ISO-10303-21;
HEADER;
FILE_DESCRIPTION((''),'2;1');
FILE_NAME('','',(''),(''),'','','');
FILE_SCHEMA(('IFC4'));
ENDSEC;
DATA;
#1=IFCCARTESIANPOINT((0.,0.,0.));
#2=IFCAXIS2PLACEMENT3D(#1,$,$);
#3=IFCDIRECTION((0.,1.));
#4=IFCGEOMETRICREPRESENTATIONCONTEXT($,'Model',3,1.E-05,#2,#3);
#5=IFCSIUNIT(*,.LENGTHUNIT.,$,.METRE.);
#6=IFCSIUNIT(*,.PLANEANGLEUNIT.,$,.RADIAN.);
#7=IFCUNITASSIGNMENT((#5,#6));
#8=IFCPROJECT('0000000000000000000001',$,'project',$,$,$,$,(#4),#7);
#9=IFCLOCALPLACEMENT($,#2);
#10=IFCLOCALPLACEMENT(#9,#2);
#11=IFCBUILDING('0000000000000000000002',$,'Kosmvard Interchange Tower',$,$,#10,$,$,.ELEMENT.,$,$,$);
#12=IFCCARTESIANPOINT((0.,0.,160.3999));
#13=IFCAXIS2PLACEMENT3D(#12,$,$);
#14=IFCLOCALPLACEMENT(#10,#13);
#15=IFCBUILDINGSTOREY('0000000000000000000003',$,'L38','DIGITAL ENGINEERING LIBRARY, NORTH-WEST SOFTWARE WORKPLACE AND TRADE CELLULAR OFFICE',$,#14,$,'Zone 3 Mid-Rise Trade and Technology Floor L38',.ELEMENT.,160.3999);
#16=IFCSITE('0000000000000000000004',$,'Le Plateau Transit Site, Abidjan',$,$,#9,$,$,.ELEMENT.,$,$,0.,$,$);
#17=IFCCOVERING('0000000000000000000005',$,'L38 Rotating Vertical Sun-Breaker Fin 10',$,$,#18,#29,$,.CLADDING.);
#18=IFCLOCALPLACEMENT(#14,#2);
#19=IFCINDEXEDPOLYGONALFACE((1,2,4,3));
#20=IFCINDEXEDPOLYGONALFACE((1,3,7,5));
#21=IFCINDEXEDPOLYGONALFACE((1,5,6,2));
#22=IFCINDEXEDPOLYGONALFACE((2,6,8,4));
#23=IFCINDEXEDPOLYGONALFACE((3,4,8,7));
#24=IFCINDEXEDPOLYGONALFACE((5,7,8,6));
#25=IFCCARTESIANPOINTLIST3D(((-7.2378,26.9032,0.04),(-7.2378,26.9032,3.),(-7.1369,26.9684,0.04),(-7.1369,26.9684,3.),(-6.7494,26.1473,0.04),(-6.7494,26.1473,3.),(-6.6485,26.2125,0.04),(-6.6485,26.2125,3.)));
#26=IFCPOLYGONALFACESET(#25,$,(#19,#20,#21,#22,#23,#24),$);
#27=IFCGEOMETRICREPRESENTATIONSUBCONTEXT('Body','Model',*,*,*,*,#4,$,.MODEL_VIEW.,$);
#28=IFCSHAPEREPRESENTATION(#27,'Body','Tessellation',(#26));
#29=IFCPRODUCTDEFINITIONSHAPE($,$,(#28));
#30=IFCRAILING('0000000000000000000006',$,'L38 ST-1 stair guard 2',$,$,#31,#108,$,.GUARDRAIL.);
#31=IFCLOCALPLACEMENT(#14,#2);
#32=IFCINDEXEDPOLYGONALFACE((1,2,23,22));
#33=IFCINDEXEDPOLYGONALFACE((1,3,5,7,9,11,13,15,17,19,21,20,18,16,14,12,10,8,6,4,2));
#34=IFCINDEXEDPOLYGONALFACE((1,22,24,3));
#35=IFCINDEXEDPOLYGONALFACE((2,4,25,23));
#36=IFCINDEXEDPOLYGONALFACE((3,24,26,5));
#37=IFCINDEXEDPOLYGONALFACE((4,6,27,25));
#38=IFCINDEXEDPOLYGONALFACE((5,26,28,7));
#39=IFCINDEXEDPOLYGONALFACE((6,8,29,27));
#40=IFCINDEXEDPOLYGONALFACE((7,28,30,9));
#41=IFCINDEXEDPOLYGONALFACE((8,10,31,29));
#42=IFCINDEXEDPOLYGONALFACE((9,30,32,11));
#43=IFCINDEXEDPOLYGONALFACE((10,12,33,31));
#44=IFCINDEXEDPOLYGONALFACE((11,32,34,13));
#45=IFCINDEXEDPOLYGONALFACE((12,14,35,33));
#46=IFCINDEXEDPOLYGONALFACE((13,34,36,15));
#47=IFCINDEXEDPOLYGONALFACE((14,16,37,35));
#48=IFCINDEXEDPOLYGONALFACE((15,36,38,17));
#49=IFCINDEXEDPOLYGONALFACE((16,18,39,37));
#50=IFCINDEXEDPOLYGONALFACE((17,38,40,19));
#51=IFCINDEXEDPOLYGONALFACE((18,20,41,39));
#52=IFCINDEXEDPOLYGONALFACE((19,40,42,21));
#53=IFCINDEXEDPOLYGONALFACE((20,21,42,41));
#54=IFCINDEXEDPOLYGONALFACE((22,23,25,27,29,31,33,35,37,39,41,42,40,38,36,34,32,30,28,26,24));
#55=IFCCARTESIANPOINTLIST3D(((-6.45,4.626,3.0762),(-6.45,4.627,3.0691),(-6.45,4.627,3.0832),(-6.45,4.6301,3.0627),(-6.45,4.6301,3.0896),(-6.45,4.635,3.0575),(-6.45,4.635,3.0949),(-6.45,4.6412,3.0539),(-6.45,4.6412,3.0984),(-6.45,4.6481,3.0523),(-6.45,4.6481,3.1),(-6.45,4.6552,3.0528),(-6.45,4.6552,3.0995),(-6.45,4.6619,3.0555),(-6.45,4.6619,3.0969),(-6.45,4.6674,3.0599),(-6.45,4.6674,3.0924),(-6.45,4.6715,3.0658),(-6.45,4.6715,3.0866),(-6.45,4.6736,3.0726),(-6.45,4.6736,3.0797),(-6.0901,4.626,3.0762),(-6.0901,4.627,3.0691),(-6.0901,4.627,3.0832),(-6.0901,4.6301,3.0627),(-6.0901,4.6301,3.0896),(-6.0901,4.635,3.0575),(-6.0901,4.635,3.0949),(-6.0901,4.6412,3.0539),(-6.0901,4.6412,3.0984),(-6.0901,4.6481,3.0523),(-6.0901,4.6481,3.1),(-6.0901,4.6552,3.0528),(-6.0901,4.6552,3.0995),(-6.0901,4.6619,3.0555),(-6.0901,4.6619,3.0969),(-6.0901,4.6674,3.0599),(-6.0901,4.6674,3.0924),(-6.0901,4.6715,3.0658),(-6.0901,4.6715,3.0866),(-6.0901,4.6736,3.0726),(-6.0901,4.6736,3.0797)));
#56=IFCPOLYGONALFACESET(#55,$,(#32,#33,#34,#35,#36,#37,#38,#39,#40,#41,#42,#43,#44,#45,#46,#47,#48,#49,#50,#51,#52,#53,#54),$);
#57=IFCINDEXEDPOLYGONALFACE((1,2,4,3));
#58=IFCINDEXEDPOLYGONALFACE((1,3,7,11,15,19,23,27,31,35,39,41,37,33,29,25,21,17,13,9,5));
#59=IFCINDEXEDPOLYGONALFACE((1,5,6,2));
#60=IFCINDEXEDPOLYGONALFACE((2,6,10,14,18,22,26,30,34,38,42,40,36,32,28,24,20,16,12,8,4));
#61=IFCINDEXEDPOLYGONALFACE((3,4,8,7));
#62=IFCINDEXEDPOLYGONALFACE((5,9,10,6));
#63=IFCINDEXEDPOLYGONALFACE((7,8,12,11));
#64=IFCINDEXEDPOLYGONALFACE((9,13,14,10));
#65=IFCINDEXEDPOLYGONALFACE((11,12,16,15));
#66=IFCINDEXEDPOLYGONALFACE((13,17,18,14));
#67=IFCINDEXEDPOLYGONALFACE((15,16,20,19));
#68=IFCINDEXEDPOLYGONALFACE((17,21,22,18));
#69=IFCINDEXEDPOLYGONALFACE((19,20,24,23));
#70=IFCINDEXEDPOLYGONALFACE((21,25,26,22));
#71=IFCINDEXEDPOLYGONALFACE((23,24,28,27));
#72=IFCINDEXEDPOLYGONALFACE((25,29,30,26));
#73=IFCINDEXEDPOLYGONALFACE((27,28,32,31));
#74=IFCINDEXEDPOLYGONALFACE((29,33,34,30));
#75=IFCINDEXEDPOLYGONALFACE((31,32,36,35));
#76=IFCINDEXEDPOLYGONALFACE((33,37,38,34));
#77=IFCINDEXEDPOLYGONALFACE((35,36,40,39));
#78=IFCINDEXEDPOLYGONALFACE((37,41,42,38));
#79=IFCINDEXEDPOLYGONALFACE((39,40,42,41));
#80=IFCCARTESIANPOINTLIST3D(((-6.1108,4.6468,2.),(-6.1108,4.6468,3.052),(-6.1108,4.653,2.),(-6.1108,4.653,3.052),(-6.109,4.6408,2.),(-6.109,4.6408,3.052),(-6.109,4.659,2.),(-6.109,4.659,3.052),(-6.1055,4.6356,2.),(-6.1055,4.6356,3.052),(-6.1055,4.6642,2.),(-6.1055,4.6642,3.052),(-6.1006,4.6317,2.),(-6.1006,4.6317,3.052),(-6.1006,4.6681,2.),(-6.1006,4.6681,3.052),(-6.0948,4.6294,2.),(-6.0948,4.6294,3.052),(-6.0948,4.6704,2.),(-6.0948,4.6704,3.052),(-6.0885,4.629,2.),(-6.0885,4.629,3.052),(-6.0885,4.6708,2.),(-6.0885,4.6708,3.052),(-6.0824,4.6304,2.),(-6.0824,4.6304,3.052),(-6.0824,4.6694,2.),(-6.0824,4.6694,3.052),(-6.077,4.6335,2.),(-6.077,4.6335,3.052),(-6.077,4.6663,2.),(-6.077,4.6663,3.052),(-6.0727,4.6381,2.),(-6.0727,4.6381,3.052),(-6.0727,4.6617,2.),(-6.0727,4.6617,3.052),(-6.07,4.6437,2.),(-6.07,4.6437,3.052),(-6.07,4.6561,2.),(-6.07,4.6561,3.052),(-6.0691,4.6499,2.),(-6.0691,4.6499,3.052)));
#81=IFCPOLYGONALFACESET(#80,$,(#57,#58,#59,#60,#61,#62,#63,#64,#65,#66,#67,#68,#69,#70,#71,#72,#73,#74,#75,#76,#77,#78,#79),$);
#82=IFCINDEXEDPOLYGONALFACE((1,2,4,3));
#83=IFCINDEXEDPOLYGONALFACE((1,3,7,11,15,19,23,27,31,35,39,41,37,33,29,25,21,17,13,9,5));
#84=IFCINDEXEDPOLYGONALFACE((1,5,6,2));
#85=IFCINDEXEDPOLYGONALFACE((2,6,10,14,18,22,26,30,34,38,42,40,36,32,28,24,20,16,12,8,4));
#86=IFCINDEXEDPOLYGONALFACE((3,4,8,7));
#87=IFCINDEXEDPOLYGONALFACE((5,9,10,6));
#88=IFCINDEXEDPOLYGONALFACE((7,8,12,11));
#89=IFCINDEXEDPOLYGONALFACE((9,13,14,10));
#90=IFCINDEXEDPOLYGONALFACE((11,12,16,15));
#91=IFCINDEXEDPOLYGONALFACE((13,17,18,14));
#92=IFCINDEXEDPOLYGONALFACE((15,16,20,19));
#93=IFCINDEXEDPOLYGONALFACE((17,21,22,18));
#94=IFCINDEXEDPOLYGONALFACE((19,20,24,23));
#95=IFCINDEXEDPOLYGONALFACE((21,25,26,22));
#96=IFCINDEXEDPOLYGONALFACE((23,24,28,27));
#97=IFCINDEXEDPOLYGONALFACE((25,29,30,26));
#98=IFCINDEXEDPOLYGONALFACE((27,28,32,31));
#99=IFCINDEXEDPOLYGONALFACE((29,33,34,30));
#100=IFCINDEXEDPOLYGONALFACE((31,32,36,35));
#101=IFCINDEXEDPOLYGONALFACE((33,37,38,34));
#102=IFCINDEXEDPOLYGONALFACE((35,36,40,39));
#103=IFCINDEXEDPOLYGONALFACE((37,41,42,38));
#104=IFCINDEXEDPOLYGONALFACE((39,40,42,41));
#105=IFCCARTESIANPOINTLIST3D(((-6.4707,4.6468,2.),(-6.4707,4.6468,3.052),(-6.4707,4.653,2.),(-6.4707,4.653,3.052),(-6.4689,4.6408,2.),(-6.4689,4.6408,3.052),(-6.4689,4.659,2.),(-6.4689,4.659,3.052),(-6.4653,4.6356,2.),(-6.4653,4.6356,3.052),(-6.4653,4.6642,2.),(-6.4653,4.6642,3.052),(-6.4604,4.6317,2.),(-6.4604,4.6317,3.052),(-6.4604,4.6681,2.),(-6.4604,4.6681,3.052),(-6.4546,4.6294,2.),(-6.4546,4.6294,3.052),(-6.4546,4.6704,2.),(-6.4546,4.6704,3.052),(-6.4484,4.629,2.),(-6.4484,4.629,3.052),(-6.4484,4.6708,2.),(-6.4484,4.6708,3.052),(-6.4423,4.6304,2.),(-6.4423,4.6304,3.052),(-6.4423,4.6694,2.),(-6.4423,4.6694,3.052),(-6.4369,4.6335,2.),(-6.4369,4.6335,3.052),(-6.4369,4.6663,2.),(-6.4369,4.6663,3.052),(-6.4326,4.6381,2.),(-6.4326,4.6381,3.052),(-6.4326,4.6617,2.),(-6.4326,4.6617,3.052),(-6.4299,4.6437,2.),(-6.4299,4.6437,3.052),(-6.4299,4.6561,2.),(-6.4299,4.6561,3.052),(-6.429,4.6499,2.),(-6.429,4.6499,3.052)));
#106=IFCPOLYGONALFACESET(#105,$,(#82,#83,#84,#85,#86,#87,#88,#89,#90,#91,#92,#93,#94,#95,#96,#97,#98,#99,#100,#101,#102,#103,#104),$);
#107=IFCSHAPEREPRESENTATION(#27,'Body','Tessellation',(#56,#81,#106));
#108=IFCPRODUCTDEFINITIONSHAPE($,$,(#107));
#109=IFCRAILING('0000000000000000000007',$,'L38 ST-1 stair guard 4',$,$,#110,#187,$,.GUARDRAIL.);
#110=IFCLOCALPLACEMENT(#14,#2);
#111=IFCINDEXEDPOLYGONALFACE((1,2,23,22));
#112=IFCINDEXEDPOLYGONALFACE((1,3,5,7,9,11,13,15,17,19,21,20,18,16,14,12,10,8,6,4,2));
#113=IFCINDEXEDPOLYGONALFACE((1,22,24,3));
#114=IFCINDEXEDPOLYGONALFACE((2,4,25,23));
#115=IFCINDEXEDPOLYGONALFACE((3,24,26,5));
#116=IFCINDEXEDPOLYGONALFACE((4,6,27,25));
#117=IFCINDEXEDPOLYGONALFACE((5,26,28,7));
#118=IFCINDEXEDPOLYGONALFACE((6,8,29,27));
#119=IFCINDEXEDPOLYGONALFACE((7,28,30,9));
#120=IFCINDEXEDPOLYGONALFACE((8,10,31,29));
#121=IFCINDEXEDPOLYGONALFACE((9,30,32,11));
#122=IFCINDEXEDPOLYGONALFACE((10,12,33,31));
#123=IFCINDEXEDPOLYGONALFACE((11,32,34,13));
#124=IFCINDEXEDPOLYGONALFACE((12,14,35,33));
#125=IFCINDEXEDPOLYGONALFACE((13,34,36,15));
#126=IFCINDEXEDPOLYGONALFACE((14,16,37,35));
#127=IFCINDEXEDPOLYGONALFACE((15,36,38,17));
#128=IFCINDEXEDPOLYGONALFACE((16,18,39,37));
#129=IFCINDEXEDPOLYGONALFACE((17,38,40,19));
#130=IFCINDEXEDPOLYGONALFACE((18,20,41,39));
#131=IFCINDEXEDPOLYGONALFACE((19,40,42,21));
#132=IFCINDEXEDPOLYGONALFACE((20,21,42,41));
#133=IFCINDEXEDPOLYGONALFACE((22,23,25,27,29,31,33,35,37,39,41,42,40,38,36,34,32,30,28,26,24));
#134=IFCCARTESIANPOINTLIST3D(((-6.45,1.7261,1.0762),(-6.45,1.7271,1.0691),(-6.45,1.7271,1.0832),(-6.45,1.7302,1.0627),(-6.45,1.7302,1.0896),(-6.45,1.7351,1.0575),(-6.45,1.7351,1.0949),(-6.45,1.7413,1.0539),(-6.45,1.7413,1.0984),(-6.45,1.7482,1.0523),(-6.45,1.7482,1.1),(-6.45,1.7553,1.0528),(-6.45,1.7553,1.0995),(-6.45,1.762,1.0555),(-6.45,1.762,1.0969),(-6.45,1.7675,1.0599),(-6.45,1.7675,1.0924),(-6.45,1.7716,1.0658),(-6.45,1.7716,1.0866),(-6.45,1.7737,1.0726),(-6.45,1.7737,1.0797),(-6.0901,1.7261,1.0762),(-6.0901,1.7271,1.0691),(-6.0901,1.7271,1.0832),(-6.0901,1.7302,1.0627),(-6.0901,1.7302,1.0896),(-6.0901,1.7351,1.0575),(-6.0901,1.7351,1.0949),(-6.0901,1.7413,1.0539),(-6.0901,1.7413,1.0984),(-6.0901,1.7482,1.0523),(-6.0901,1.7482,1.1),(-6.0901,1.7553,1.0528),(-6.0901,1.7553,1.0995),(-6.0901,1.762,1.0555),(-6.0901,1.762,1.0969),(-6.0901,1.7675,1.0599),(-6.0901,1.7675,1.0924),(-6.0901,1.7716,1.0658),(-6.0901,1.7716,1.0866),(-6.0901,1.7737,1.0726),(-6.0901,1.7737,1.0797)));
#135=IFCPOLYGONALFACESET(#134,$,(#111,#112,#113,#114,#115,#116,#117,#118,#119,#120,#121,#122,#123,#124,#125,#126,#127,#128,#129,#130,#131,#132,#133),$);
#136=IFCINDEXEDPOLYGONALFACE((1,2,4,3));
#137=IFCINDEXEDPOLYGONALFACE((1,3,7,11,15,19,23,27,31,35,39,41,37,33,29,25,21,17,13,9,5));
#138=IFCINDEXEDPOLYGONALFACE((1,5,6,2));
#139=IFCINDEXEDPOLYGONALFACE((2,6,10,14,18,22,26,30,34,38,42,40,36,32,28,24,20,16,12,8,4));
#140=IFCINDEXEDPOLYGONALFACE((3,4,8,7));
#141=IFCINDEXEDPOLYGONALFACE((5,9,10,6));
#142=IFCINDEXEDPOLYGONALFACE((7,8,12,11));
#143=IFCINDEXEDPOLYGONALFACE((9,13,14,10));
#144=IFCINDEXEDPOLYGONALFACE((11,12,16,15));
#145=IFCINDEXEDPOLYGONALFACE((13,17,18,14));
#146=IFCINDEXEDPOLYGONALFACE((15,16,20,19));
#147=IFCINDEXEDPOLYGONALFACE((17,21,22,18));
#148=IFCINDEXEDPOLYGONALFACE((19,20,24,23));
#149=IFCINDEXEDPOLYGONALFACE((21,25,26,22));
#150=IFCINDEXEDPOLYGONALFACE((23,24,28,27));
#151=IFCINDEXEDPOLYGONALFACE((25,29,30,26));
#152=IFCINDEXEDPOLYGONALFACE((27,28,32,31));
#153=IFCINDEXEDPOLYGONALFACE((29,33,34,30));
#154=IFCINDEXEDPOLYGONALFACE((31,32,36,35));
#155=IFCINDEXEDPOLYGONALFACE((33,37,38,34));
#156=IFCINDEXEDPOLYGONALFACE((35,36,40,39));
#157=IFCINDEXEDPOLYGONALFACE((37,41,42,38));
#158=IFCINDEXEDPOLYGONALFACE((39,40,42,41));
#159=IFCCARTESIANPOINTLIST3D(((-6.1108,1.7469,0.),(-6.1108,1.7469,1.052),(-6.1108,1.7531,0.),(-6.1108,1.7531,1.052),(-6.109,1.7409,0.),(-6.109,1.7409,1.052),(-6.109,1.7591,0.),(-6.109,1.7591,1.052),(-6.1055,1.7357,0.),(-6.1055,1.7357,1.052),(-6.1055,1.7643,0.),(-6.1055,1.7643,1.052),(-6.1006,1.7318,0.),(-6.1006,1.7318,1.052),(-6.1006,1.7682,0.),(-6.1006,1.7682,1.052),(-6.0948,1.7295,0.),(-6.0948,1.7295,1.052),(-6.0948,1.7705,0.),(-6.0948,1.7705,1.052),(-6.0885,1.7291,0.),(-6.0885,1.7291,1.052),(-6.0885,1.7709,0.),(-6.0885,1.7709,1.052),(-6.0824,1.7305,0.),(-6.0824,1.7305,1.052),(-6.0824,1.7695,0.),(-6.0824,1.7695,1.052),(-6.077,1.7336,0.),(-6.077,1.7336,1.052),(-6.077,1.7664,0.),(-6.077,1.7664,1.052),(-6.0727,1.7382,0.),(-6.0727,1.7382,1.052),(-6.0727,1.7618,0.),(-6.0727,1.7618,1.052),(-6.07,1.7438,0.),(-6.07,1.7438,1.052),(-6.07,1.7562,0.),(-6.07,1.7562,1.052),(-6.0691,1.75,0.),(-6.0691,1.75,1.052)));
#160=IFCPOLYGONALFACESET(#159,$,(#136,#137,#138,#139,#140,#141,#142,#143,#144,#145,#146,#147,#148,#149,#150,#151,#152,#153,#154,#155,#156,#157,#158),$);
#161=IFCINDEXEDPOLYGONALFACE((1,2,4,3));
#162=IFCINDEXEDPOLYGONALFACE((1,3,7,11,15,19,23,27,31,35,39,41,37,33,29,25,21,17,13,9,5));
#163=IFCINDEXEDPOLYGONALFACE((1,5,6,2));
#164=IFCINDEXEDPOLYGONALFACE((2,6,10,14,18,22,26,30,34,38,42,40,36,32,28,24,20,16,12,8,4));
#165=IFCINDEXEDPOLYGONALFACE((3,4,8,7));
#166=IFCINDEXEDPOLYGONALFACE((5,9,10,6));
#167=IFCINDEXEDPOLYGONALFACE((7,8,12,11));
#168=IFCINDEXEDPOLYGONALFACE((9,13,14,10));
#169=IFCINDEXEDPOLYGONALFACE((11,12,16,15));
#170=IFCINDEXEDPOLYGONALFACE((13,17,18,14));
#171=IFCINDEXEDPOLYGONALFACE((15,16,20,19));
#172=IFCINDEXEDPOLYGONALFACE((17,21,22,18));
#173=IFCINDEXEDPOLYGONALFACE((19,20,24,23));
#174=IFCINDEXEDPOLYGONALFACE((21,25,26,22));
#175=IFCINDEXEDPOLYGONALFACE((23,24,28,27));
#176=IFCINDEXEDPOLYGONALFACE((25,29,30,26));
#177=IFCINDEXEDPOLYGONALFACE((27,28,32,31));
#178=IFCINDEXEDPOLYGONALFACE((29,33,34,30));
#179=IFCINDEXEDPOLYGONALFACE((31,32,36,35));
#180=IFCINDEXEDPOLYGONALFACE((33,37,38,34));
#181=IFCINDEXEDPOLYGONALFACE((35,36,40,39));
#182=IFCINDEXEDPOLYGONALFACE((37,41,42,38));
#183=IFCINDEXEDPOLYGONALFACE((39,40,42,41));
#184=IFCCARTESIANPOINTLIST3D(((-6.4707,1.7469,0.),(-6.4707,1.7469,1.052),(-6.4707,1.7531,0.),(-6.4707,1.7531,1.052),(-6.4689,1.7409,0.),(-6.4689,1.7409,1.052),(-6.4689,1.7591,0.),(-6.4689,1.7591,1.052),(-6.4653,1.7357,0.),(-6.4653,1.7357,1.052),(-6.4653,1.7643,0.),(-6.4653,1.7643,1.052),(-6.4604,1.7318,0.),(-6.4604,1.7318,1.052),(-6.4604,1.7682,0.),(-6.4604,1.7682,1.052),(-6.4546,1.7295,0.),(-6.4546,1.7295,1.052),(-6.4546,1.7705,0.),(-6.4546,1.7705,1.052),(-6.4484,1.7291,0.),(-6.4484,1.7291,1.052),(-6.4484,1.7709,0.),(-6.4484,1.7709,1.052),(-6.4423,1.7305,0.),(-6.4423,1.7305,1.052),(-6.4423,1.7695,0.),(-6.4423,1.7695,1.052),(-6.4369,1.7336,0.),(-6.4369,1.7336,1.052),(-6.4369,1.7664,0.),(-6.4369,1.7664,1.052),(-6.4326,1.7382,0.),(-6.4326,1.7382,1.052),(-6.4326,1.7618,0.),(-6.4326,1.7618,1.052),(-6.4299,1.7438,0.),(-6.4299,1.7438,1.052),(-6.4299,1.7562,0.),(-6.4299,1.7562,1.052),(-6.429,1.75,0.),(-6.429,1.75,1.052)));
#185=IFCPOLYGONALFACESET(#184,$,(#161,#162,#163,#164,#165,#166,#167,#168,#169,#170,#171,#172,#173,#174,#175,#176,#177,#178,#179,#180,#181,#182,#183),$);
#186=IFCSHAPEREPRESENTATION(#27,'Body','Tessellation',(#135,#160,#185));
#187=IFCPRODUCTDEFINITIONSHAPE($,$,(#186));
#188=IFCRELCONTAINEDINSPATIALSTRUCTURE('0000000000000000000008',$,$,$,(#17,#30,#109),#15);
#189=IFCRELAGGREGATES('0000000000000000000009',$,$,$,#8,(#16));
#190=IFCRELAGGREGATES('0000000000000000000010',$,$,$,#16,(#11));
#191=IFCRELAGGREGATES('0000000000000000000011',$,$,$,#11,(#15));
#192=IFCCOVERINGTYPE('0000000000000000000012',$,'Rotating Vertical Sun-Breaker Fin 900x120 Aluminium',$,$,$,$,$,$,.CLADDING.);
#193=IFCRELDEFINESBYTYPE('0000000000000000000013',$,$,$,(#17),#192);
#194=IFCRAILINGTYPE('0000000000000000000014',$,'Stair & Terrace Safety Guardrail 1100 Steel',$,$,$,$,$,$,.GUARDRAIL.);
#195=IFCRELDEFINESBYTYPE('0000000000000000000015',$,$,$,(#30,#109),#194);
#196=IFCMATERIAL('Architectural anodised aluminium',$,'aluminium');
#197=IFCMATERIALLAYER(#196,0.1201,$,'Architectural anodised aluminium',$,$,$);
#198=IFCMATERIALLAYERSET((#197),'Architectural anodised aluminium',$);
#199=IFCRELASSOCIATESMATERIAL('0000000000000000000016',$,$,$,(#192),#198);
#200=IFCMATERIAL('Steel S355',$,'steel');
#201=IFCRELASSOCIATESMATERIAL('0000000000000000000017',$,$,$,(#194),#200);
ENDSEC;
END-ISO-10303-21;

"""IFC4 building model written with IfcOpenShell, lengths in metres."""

from ifc_helpers import new_model, si_unit, direction, frame, origin, origin_2d, place, context, subcontext, project, spatial, rectangle, circle, extrude, source, transform, mapped, material, layer, layer_set, type_object, element, save


model = new_model("IFC4")

# Units and contexts
model_context = context("Model", 3, precision=1e-05, world=origin(), true_north=direction((0.0, 1.0)))
body_context = subcontext(model_context, "Body", "Model", "MODEL_VIEW")
ifc_project = project(units=[si_unit("LENGTHUNIT", "METRE"), si_unit("PLANEANGLEUNIT", "RADIAN")], contexts=[model_context])

# Site, building, storey
site_placement = place(None, origin())
site = spatial("IfcSite", under=ifc_project, at=site_placement, Name="Le Plateau Transit Site, Abidjan", CompositionType="ELEMENT", RefElevation=0.0)
building_placement = place(site_placement, origin())
building = spatial("IfcBuilding", under=site, at=building_placement, Name="Kosmvard Interchange Tower", CompositionType="ELEMENT")
storey_placement = place(building_placement, frame((0.0, 0.0, 160.3999)))
storey = spatial("IfcBuildingStorey", under=building, at=storey_placement, Name="L38", Description="DIGITAL ENGINEERING LIBRARY, NORTH-WEST SOFTWARE WORKPLACE AND TRADE CELLULAR OFFICE", LongName="Zone 3 Mid-Rise Trade and Technology Floor L38", CompositionType="ELEMENT", Elevation=160.3999)

# Shared definitions
ifc_material_1 = material(Name="Steel S355", Category="steel")

# Covering
ifc_material_2 = material(Name="Architectural anodised aluminium", Category="aluminium")
ifc_layer_1 = layer(ifc_material_2, 0.1201, Name="Architectural anodised aluminium")
ifc_layer_set_1 = layer_set([ifc_layer_1], Name="Architectural anodised aluminium")
covering_type = type_object("IfcCoveringType", Name="Rotating Vertical Sun-Breaker Fin 900x120 Aluminium", PredefinedType="CLADDING", material=ifc_layer_set_1)
shared_shape_1 = source(origin(), body_context, "Body", "SweptSolid", [
    extrude(rectangle(XDim=0.8999, YDim=0.1201, at=origin_2d()), origin(), (0.0, 0.0, 1.0), 2.96),
])
covering_placement = place(storey_placement, frame((-6.9431, 26.5579, 0.04), z_axis=(0.0, 0.0, 1.0), x_axis=(-0.542735, 0.839904, 0.0)))
element("IfcCovering", 1, at=covering_placement, inside=storey, type_object=covering_type, Name="L38 Rotating Vertical Sun-Breaker Fin 10", PredefinedType="CLADDING", context=body_context, shape_type="MappedRepresentation", body=[
    mapped(shared_shape_1, transform((0.0, 0.0, 0.0), scale=1.0)),
])

# Railings
railing_type_1 = type_object("IfcRailingType", Name="Stair & Terrace Safety Guardrail 1100 Steel", PredefinedType="GUARDRAIL", material=ifc_material_1)
shared_shape_2 = source(origin(), body_context, "Body", "SweptSolid", [
    extrude(circle(Radius=0.0239, at=origin_2d()), frame((0.0, 0.0, 1.0762), z_axis=(-1.0, 0.0, 0.0), x_axis=(0.0, -1.0, 0.0)), (0.0, 0.0, 1.0), 0.3599),
    extrude(circle(Radius=0.021, at=origin_2d()), origin(), (0.0, 0.0, 1.0), 1.052),
    extrude(circle(Radius=0.021, at=origin_2d()), frame((-0.3599, 0.0, 0.0)), (0.0, 0.0, 1.0), 1.052),
])
for number, where, name in (
    (2, (-6.0901, 4.6499, 2.0), "L38 ST-1 stair guard 2"),
    (3, (-6.0901, 1.75, 0.0), "L38 ST-1 stair guard 4"),
):
    element("IfcRailing", number, at=place(storey_placement, frame(where)), inside=storey, type_object=railing_type_1, Name=name, PredefinedType="GUARDRAIL", context=body_context, shape_type="MappedRepresentation", body=[
        mapped(shared_shape_2, transform((0.0, 0.0, 0.0), scale=1.0)),
    ])

save(model, "model.ifc")
